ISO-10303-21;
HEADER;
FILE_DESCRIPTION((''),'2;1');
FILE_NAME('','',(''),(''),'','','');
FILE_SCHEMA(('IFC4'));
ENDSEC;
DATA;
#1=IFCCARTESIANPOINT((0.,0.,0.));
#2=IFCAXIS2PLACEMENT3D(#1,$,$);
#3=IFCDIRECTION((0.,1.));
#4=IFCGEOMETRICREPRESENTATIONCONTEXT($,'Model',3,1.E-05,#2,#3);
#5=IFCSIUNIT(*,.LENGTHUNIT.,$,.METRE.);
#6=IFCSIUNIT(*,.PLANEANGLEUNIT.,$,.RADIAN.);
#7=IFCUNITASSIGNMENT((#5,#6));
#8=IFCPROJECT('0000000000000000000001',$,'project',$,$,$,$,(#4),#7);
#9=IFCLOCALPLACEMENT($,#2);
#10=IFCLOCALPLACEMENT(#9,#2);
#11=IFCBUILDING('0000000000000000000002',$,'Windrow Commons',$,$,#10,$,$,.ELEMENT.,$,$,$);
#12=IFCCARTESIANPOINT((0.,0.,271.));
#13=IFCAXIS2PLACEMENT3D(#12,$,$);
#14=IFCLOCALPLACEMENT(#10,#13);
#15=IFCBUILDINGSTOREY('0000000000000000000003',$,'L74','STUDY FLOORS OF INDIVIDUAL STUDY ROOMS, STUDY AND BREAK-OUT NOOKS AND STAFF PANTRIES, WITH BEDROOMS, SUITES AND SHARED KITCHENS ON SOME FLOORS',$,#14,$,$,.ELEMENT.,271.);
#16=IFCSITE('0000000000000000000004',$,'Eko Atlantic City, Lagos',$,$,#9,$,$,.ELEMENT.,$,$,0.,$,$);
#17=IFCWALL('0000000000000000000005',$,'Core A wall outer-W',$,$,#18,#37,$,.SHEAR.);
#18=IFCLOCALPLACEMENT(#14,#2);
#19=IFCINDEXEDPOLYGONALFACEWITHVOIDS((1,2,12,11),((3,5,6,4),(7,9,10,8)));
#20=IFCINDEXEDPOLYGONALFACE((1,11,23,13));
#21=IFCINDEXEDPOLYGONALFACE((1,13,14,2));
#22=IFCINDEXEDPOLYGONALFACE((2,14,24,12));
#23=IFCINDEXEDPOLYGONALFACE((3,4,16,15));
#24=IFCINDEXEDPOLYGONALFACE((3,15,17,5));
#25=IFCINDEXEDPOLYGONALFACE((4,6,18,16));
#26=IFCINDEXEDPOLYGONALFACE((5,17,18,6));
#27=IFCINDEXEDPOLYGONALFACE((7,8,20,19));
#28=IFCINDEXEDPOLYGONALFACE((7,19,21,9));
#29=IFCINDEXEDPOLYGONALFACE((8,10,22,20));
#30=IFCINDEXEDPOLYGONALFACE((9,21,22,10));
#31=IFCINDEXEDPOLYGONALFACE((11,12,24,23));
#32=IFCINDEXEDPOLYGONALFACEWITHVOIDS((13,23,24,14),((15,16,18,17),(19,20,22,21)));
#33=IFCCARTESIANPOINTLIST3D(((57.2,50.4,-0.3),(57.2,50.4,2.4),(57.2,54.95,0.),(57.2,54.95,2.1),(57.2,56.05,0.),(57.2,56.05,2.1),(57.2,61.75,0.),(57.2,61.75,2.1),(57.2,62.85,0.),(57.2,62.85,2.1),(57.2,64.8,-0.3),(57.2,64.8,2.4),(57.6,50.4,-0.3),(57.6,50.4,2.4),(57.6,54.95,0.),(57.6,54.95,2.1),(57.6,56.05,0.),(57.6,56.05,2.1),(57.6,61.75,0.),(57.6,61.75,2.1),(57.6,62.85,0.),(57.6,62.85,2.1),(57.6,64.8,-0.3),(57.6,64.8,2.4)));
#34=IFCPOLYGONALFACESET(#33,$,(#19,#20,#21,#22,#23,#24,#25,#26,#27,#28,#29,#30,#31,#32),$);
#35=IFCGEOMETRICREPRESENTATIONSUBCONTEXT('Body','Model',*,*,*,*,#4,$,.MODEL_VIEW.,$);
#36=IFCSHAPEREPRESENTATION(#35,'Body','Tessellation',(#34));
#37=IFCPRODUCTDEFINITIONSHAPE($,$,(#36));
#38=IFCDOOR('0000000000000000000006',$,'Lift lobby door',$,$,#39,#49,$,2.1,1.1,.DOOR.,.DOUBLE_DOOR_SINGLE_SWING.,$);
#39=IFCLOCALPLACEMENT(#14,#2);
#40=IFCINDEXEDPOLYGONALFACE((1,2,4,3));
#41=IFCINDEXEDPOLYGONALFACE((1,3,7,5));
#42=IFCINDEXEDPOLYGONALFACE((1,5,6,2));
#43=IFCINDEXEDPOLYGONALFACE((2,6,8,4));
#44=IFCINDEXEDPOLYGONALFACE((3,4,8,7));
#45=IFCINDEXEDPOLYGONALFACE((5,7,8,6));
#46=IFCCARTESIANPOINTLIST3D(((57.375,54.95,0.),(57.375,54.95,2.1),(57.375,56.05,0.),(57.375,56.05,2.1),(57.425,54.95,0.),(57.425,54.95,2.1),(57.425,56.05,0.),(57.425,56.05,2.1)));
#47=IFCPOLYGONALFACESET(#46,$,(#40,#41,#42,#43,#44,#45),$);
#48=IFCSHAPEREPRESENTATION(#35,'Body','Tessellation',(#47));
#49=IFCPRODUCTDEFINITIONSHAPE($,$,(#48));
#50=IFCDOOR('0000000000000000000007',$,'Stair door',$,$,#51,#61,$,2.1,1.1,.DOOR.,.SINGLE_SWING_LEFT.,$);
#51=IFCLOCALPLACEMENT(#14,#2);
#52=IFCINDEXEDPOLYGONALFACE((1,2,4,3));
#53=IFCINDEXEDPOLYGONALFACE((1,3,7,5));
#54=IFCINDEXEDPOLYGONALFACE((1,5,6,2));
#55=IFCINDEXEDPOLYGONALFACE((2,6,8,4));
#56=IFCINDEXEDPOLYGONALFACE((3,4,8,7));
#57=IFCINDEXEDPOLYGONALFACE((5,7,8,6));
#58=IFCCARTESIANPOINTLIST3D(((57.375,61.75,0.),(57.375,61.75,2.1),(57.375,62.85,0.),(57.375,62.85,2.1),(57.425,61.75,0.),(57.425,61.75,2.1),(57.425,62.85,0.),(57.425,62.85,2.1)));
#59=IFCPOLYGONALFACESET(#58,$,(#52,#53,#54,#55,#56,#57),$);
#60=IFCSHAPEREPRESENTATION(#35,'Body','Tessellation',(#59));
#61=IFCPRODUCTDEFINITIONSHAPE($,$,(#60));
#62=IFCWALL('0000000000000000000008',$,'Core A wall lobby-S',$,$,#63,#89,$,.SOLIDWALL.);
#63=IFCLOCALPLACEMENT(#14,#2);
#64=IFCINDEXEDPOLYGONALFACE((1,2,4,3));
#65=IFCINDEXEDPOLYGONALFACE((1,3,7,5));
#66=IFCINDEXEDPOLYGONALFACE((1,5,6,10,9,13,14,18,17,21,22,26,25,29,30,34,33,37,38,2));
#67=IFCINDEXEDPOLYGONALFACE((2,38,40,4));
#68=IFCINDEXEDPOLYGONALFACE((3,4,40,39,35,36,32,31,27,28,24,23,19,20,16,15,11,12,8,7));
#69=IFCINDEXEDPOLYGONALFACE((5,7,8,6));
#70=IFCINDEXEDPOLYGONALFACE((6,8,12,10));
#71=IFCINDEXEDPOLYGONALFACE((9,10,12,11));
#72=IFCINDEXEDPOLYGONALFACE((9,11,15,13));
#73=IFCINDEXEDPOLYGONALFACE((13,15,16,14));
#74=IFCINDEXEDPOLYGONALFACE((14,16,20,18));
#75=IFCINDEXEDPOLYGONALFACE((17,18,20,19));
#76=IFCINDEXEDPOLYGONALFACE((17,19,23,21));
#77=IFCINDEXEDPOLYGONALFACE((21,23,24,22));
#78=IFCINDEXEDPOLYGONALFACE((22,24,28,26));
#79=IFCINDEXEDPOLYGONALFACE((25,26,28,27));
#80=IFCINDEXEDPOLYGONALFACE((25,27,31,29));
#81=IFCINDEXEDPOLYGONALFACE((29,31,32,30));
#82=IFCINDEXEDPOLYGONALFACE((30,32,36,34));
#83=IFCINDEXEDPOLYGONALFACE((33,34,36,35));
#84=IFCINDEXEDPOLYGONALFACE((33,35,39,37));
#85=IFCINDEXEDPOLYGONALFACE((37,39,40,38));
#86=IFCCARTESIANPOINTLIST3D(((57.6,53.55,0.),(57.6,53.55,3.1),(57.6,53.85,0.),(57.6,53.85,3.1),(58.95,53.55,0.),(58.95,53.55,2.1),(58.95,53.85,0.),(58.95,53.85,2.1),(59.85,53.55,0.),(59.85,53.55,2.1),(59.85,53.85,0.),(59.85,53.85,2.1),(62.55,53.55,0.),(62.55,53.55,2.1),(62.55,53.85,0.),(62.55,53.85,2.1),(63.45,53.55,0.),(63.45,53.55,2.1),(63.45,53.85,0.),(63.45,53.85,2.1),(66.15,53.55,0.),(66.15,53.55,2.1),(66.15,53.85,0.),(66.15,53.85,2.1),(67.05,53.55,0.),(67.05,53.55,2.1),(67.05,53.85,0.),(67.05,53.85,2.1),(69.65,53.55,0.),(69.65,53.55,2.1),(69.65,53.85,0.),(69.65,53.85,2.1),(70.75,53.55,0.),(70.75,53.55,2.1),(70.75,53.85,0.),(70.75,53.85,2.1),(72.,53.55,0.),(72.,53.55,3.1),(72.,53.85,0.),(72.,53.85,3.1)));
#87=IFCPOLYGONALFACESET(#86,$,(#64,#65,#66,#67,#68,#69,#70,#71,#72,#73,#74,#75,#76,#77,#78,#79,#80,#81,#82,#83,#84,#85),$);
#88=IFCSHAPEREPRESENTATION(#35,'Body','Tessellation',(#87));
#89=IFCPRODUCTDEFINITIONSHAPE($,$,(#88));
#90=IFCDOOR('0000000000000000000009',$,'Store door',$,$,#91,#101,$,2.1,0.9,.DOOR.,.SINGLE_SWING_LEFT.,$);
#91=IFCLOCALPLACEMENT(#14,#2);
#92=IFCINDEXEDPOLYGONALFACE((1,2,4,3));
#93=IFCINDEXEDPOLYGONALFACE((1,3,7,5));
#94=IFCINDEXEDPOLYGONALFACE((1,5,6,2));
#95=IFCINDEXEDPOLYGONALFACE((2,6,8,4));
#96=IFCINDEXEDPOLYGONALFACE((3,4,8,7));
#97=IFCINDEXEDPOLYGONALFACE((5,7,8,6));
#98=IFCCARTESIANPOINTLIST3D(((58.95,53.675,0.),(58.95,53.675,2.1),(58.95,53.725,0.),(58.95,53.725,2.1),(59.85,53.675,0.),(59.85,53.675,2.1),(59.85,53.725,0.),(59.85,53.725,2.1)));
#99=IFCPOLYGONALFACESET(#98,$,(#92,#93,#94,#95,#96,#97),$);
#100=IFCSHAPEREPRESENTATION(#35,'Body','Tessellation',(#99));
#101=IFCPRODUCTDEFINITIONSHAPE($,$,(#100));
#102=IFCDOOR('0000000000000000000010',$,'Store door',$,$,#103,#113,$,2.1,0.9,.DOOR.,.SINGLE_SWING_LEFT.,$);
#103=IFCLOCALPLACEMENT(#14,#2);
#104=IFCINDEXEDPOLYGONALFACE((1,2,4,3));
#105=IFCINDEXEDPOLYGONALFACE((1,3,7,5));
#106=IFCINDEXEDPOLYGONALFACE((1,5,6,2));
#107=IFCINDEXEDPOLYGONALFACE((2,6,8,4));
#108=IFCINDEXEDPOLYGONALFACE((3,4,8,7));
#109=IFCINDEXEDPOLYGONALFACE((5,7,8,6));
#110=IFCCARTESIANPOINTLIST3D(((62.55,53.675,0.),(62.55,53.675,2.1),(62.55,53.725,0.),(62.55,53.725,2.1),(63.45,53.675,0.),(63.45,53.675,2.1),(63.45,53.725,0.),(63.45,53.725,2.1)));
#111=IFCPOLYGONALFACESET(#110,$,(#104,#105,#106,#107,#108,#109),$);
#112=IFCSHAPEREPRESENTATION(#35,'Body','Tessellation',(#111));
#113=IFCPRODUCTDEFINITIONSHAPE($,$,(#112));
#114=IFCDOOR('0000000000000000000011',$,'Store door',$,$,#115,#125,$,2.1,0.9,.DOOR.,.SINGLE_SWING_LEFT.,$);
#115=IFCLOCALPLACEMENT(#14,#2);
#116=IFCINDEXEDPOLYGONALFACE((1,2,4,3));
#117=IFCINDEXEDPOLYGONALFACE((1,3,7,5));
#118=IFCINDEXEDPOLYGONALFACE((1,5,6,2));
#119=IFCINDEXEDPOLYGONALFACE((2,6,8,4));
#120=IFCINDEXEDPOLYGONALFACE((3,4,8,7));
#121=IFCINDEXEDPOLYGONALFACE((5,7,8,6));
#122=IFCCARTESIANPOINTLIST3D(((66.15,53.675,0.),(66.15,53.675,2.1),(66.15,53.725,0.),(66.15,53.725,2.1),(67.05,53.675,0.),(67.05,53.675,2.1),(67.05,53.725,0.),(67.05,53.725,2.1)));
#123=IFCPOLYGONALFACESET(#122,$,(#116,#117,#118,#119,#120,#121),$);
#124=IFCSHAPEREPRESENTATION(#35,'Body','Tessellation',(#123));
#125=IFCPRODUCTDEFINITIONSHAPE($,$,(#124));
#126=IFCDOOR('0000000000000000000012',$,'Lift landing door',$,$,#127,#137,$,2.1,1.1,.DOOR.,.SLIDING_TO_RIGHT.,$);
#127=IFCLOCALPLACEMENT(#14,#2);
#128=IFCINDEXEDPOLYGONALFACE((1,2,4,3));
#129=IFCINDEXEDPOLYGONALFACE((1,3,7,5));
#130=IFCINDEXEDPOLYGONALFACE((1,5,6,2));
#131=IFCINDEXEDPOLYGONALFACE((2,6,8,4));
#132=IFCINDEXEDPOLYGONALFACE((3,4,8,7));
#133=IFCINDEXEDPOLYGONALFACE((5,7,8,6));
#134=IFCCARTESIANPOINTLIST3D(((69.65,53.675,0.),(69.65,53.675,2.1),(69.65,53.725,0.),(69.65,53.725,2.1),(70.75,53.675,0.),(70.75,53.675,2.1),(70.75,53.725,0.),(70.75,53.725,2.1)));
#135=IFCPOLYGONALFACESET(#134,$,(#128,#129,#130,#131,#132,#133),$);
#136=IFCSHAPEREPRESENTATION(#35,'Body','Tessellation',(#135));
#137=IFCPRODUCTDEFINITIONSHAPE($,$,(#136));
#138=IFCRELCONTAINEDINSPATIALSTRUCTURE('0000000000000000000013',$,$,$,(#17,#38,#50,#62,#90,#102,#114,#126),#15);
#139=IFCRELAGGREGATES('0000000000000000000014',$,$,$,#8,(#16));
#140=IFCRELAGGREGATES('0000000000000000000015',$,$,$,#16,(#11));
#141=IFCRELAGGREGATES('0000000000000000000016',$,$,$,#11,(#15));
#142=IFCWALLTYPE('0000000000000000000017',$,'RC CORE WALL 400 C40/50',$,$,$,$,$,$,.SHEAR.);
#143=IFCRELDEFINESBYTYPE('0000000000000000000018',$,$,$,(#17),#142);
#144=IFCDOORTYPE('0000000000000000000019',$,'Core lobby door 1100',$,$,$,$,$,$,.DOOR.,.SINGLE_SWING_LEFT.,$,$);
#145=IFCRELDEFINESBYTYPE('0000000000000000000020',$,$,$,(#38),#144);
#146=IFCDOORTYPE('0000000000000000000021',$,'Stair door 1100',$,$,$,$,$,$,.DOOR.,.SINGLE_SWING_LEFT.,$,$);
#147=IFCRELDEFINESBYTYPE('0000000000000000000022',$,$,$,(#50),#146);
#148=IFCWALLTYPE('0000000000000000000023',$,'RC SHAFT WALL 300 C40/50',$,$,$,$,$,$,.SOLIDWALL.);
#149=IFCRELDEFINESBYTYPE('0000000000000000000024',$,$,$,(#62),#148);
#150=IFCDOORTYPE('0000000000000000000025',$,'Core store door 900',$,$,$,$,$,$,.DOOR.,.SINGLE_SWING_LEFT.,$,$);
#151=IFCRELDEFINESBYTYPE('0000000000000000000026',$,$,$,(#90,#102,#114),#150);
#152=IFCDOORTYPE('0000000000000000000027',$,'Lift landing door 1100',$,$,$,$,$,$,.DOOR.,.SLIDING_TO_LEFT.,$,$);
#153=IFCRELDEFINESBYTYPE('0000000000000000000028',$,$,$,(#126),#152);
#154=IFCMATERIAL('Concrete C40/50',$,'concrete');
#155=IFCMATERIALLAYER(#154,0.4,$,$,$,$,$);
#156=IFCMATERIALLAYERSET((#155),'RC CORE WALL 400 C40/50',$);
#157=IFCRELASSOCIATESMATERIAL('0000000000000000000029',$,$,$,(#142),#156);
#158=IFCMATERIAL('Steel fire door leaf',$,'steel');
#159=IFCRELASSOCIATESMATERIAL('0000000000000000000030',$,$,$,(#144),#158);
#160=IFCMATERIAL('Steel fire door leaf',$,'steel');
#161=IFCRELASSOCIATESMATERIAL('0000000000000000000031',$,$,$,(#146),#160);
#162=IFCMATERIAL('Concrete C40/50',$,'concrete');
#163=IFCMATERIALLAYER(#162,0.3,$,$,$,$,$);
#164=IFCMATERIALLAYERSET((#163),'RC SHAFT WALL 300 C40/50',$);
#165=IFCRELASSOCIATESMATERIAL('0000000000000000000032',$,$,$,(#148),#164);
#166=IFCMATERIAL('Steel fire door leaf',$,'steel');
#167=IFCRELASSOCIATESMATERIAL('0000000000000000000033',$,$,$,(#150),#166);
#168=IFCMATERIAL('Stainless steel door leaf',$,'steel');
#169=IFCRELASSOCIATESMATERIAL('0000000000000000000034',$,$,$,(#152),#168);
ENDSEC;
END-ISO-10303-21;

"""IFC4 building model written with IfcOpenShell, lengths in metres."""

from ifc_helpers import new_model, si_unit, direction, frame, frame_2d, origin, place, context, subcontext, project, spatial, rectangle, extrude, material, layer, layer_set, type_object, element, fill, save


model = new_model("IFC4")

# Units and contexts
model_context = context("Model", 3, precision=1e-05, world=origin(), true_north=direction((0.0, 1.0)))
body_context = subcontext(model_context, "Body", "Model", "MODEL_VIEW")
ifc_project = project(units=[si_unit("LENGTHUNIT", "METRE"), si_unit("PLANEANGLEUNIT", "RADIAN")], contexts=[model_context])

# Site, building, storey
site_placement = place(None, origin())
site = spatial("IfcSite", under=ifc_project, at=site_placement, Name="Eko Atlantic City, Lagos", CompositionType="ELEMENT", RefElevation=0.0)
building_placement = place(site_placement, origin())
building = spatial("IfcBuilding", under=site, at=building_placement, Name="Windrow Commons", CompositionType="ELEMENT")
storey_placement = place(building_placement, frame((0.0, 0.0, 271.0)))
storey = spatial("IfcBuildingStorey", under=building, at=storey_placement, Name="L74", Description="STUDY FLOORS OF INDIVIDUAL STUDY ROOMS, STUDY AND BREAK-OUT NOOKS AND STAFF PANTRIES, WITH BEDROOMS, SUITES AND SHARED KITCHENS ON SOME FLOORS", CompositionType="ELEMENT", Elevation=271.0)

# Shared definitions
ifc_material_1 = material(Name="Concrete C40/50", Category="concrete")
ifc_layer_1 = layer(ifc_material_1, 0.4)
ifc_layer_set_1 = layer_set([ifc_layer_1], Name="RC CORE WALL 400 C40/50")
wall_type_1 = type_object("IfcWallType", Name="RC CORE WALL 400 C40/50", PredefinedType="SHEAR", material=ifc_layer_set_1)

# Walls, openings, doors
wall_1_placement = place(storey_placement, frame((57.4, 50.4, -0.3), z_axis=(0.0, 0.0, 1.0), x_axis=(0.0, 1.0, 0.0)))
wall_1 = element("IfcWall", 1, at=wall_1_placement, inside=storey, type_object=wall_type_1, Name="Core A wall outer-W", PredefinedType="SHEAR", context=body_context, shape_type="SweptSolid", body=[
    extrude(rectangle(XDim=14.4, YDim=0.4, at=frame_2d((7.2, 0.0))), origin(), (0.0, 0.0, 1.0), 2.7),
])
opening_1_placement = place(wall_1_placement, frame((4.55, 0.0, 0.3)))
opening_1 = element("IfcOpeningElement", 2, at=opening_1_placement, cuts=wall_1, PredefinedType="OPENING", context=body_context, shape_type="SweptSolid", body=[
    extrude(rectangle(XDim=1.1, YDim=2.1, at=frame_2d((0.55, 1.05))), frame((0.0, 0.21, 0.0), z_axis=(0.0, -1.0, 0.0), x_axis=(1.0, 0.0, 0.0)), (0.0, 0.0, 1.0), 0.42),
])
opening_2_placement = place(wall_1_placement, frame((11.35, 0.0, 0.3)))
opening_2 = element("IfcOpeningElement", 3, at=opening_2_placement, cuts=wall_1, PredefinedType="OPENING", context=body_context, shape_type="SweptSolid", body=[
    extrude(rectangle(XDim=1.1, YDim=2.1, at=frame_2d((0.55, 1.05))), frame((0.0, 0.21, 0.0), z_axis=(0.0, -1.0, 0.0), x_axis=(1.0, 0.0, 0.0)), (0.0, 0.0, 1.0), 0.42),
])
ifc_material_2 = material(Name="Steel fire door leaf", Category="steel")
door_type_1 = type_object("IfcDoorType", Name="Core lobby door 1100", OperationType="SINGLE_SWING_LEFT", PredefinedType="DOOR", material=ifc_material_2)
door_1_placement = place(opening_1_placement, origin())
door_1 = element("IfcDoor", 4, at=door_1_placement, inside=storey, type_object=door_type_1, Name="Lift lobby door", OperationType="DOUBLE_DOOR_SINGLE_SWING", OverallHeight=2.1, OverallWidth=1.1, PredefinedType="DOOR", context=body_context, shape_type="SweptSolid", body=[
    extrude(rectangle(XDim=1.1, YDim=2.1, at=frame_2d((0.55, 1.05))), frame((0.0, 0.025, 0.0), z_axis=(0.0, -1.0, 0.0), x_axis=(1.0, 0.0, 0.0)), (0.0, 0.0, 1.0), 0.05),
])
fill(opening_1, door_1)
ifc_material_3 = material(Name="Steel fire door leaf", Category="steel")
door_type_2 = type_object("IfcDoorType", Name="Stair door 1100", OperationType="SINGLE_SWING_LEFT", PredefinedType="DOOR", material=ifc_material_3)
door_2_placement = place(opening_2_placement, origin())
door_2 = element("IfcDoor", 5, at=door_2_placement, inside=storey, type_object=door_type_2, Name="Stair door", OperationType="SINGLE_SWING_LEFT", OverallHeight=2.1, OverallWidth=1.1, PredefinedType="DOOR", context=body_context, shape_type="SweptSolid", body=[
    extrude(rectangle(XDim=1.1, YDim=2.1, at=frame_2d((0.55, 1.05))), frame((0.0, 0.025, 0.0), z_axis=(0.0, -1.0, 0.0), x_axis=(1.0, 0.0, 0.0)), (0.0, 0.0, 1.0), 0.05),
])
fill(opening_2, door_2)
ifc_material_4 = material(Name="Concrete C40/50", Category="concrete")
ifc_layer_2 = layer(ifc_material_4, 0.3)
ifc_layer_set_2 = layer_set([ifc_layer_2], Name="RC SHAFT WALL 300 C40/50")
wall_type_2 = type_object("IfcWallType", Name="RC SHAFT WALL 300 C40/50", PredefinedType="SOLIDWALL", material=ifc_layer_set_2)
wall_2_placement = place(storey_placement, frame((57.6, 53.7, 0.0), z_axis=(0.0, 0.0, 1.0), x_axis=(1.0, 0.0, 0.0)))
wall_2 = element("IfcWall", 6, at=wall_2_placement, inside=storey, type_object=wall_type_2, Name="Core A wall lobby-S", PredefinedType="SOLIDWALL", context=body_context, shape_type="SweptSolid", body=[
    extrude(rectangle(XDim=14.4, YDim=0.3, at=frame_2d((7.2, 0.0))), origin(), (0.0, 0.0, 1.0), 3.1),
])
opening_3_placement = place(wall_2_placement, frame((1.35, 0.0, 0.0)))
opening_3 = element("IfcOpeningElement", 7, at=opening_3_placement, cuts=wall_2, PredefinedType="OPENING", context=body_context, shape_type="SweptSolid", body=[
    extrude(rectangle(XDim=0.9, YDim=2.1, at=frame_2d((0.45, 1.05))), frame((0.0, 0.16, 0.0), z_axis=(0.0, -1.0, 0.0), x_axis=(1.0, 0.0, 0.0)), (0.0, 0.0, 1.0), 0.32),
])
opening_4_placement = place(wall_2_placement, frame((4.95, 0.0, 0.0)))
opening_4 = element("IfcOpeningElement", 8, at=opening_4_placement, cuts=wall_2, PredefinedType="OPENING", context=body_context, shape_type="SweptSolid", body=[
    extrude(rectangle(XDim=0.9, YDim=2.1, at=frame_2d((0.45, 1.05))), frame((0.0, 0.16, 0.0), z_axis=(0.0, -1.0, 0.0), x_axis=(1.0, 0.0, 0.0)), (0.0, 0.0, 1.0), 0.32),
])
opening_5_placement = place(wall_2_placement, frame((8.55, 0.0, 0.0)))
opening_5 = element("IfcOpeningElement", 9, at=opening_5_placement, cuts=wall_2, PredefinedType="OPENING", context=body_context, shape_type="SweptSolid", body=[
    extrude(rectangle(XDim=0.9, YDim=2.1, at=frame_2d((0.45, 1.05))), frame((0.0, 0.16, 0.0), z_axis=(0.0, -1.0, 0.0), x_axis=(1.0, 0.0, 0.0)), (0.0, 0.0, 1.0), 0.32),
])
opening_6_placement = place(wall_2_placement, frame((12.05, 0.0, 0.0)))
opening_6 = element("IfcOpeningElement", 10, at=opening_6_placement, cuts=wall_2, PredefinedType="OPENING", context=body_context, shape_type="SweptSolid", body=[
    extrude(rectangle(XDim=1.1, YDim=2.1, at=frame_2d((0.55, 1.05))), frame((0.0, 0.16, 0.0), z_axis=(0.0, -1.0, 0.0), x_axis=(1.0, 0.0, 0.0)), (0.0, 0.0, 1.0), 0.32),
])
ifc_material_5 = material(Name="Steel fire door leaf", Category="steel")
door_type_3 = type_object("IfcDoorType", Name="Core store door 900", OperationType="SINGLE_SWING_LEFT", PredefinedType="DOOR", material=ifc_material_5)
door_3_placement = place(opening_3_placement, origin())
door_3 = element("IfcDoor", 11, at=door_3_placement, inside=storey, type_object=door_type_3, Name="Store door", OperationType="SINGLE_SWING_LEFT", OverallHeight=2.1, OverallWidth=0.9, PredefinedType="DOOR", context=body_context, shape_type="SweptSolid", body=[
    extrude(rectangle(XDim=0.9, YDim=2.1, at=frame_2d((0.45, 1.05))), frame((0.0, 0.025, 0.0), z_axis=(0.0, -1.0, 0.0), x_axis=(1.0, 0.0, 0.0)), (0.0, 0.0, 1.0), 0.05),
])
fill(opening_3, door_3)
door_4_placement = place(opening_4_placement, origin())
door_4 = element("IfcDoor", 12, at=door_4_placement, inside=storey, type_object=door_type_3, Name="Store door", OperationType="SINGLE_SWING_LEFT", OverallHeight=2.1, OverallWidth=0.9, PredefinedType="DOOR", context=body_context, shape_type="SweptSolid", body=[
    extrude(rectangle(XDim=0.9, YDim=2.1, at=frame_2d((0.45, 1.05))), frame((0.0, 0.025, 0.0), z_axis=(0.0, -1.0, 0.0), x_axis=(1.0, 0.0, 0.0)), (0.0, 0.0, 1.0), 0.05),
])
fill(opening_4, door_4)
door_5_placement = place(opening_5_placement, origin())
door_5 = element("IfcDoor", 13, at=door_5_placement, inside=storey, type_object=door_type_3, Name="Store door", OperationType="SINGLE_SWING_LEFT", OverallHeight=2.1, OverallWidth=0.9, PredefinedType="DOOR", context=body_context, shape_type="SweptSolid", body=[
    extrude(rectangle(XDim=0.9, YDim=2.1, at=frame_2d((0.45, 1.05))), frame((0.0, 0.025, 0.0), z_axis=(0.0, -1.0, 0.0), x_axis=(1.0, 0.0, 0.0)), (0.0, 0.0, 1.0), 0.05),
])
fill(opening_5, door_5)
ifc_material_6 = material(Name="Stainless steel door leaf", Category="steel")
door_type_4 = type_object("IfcDoorType", Name="Lift landing door 1100", OperationType="SLIDING_TO_LEFT", PredefinedType="DOOR", material=ifc_material_6)
door_6_placement = place(opening_6_placement, origin())
door_6 = element("IfcDoor", 14, at=door_6_placement, inside=storey, type_object=door_type_4, Name="Lift landing door", OperationType="SLIDING_TO_RIGHT", OverallHeight=2.1, OverallWidth=1.1, PredefinedType="DOOR", context=body_context, shape_type="SweptSolid", body=[
    extrude(rectangle(XDim=1.1, YDim=2.1, at=frame_2d((0.55, 1.05))), frame((0.0, 0.025, 0.0), z_axis=(0.0, -1.0, 0.0), x_axis=(1.0, 0.0, 0.0)), (0.0, 0.0, 1.0), 0.05),
])
fill(opening_6, door_6)

save(model, "model.ifc")
